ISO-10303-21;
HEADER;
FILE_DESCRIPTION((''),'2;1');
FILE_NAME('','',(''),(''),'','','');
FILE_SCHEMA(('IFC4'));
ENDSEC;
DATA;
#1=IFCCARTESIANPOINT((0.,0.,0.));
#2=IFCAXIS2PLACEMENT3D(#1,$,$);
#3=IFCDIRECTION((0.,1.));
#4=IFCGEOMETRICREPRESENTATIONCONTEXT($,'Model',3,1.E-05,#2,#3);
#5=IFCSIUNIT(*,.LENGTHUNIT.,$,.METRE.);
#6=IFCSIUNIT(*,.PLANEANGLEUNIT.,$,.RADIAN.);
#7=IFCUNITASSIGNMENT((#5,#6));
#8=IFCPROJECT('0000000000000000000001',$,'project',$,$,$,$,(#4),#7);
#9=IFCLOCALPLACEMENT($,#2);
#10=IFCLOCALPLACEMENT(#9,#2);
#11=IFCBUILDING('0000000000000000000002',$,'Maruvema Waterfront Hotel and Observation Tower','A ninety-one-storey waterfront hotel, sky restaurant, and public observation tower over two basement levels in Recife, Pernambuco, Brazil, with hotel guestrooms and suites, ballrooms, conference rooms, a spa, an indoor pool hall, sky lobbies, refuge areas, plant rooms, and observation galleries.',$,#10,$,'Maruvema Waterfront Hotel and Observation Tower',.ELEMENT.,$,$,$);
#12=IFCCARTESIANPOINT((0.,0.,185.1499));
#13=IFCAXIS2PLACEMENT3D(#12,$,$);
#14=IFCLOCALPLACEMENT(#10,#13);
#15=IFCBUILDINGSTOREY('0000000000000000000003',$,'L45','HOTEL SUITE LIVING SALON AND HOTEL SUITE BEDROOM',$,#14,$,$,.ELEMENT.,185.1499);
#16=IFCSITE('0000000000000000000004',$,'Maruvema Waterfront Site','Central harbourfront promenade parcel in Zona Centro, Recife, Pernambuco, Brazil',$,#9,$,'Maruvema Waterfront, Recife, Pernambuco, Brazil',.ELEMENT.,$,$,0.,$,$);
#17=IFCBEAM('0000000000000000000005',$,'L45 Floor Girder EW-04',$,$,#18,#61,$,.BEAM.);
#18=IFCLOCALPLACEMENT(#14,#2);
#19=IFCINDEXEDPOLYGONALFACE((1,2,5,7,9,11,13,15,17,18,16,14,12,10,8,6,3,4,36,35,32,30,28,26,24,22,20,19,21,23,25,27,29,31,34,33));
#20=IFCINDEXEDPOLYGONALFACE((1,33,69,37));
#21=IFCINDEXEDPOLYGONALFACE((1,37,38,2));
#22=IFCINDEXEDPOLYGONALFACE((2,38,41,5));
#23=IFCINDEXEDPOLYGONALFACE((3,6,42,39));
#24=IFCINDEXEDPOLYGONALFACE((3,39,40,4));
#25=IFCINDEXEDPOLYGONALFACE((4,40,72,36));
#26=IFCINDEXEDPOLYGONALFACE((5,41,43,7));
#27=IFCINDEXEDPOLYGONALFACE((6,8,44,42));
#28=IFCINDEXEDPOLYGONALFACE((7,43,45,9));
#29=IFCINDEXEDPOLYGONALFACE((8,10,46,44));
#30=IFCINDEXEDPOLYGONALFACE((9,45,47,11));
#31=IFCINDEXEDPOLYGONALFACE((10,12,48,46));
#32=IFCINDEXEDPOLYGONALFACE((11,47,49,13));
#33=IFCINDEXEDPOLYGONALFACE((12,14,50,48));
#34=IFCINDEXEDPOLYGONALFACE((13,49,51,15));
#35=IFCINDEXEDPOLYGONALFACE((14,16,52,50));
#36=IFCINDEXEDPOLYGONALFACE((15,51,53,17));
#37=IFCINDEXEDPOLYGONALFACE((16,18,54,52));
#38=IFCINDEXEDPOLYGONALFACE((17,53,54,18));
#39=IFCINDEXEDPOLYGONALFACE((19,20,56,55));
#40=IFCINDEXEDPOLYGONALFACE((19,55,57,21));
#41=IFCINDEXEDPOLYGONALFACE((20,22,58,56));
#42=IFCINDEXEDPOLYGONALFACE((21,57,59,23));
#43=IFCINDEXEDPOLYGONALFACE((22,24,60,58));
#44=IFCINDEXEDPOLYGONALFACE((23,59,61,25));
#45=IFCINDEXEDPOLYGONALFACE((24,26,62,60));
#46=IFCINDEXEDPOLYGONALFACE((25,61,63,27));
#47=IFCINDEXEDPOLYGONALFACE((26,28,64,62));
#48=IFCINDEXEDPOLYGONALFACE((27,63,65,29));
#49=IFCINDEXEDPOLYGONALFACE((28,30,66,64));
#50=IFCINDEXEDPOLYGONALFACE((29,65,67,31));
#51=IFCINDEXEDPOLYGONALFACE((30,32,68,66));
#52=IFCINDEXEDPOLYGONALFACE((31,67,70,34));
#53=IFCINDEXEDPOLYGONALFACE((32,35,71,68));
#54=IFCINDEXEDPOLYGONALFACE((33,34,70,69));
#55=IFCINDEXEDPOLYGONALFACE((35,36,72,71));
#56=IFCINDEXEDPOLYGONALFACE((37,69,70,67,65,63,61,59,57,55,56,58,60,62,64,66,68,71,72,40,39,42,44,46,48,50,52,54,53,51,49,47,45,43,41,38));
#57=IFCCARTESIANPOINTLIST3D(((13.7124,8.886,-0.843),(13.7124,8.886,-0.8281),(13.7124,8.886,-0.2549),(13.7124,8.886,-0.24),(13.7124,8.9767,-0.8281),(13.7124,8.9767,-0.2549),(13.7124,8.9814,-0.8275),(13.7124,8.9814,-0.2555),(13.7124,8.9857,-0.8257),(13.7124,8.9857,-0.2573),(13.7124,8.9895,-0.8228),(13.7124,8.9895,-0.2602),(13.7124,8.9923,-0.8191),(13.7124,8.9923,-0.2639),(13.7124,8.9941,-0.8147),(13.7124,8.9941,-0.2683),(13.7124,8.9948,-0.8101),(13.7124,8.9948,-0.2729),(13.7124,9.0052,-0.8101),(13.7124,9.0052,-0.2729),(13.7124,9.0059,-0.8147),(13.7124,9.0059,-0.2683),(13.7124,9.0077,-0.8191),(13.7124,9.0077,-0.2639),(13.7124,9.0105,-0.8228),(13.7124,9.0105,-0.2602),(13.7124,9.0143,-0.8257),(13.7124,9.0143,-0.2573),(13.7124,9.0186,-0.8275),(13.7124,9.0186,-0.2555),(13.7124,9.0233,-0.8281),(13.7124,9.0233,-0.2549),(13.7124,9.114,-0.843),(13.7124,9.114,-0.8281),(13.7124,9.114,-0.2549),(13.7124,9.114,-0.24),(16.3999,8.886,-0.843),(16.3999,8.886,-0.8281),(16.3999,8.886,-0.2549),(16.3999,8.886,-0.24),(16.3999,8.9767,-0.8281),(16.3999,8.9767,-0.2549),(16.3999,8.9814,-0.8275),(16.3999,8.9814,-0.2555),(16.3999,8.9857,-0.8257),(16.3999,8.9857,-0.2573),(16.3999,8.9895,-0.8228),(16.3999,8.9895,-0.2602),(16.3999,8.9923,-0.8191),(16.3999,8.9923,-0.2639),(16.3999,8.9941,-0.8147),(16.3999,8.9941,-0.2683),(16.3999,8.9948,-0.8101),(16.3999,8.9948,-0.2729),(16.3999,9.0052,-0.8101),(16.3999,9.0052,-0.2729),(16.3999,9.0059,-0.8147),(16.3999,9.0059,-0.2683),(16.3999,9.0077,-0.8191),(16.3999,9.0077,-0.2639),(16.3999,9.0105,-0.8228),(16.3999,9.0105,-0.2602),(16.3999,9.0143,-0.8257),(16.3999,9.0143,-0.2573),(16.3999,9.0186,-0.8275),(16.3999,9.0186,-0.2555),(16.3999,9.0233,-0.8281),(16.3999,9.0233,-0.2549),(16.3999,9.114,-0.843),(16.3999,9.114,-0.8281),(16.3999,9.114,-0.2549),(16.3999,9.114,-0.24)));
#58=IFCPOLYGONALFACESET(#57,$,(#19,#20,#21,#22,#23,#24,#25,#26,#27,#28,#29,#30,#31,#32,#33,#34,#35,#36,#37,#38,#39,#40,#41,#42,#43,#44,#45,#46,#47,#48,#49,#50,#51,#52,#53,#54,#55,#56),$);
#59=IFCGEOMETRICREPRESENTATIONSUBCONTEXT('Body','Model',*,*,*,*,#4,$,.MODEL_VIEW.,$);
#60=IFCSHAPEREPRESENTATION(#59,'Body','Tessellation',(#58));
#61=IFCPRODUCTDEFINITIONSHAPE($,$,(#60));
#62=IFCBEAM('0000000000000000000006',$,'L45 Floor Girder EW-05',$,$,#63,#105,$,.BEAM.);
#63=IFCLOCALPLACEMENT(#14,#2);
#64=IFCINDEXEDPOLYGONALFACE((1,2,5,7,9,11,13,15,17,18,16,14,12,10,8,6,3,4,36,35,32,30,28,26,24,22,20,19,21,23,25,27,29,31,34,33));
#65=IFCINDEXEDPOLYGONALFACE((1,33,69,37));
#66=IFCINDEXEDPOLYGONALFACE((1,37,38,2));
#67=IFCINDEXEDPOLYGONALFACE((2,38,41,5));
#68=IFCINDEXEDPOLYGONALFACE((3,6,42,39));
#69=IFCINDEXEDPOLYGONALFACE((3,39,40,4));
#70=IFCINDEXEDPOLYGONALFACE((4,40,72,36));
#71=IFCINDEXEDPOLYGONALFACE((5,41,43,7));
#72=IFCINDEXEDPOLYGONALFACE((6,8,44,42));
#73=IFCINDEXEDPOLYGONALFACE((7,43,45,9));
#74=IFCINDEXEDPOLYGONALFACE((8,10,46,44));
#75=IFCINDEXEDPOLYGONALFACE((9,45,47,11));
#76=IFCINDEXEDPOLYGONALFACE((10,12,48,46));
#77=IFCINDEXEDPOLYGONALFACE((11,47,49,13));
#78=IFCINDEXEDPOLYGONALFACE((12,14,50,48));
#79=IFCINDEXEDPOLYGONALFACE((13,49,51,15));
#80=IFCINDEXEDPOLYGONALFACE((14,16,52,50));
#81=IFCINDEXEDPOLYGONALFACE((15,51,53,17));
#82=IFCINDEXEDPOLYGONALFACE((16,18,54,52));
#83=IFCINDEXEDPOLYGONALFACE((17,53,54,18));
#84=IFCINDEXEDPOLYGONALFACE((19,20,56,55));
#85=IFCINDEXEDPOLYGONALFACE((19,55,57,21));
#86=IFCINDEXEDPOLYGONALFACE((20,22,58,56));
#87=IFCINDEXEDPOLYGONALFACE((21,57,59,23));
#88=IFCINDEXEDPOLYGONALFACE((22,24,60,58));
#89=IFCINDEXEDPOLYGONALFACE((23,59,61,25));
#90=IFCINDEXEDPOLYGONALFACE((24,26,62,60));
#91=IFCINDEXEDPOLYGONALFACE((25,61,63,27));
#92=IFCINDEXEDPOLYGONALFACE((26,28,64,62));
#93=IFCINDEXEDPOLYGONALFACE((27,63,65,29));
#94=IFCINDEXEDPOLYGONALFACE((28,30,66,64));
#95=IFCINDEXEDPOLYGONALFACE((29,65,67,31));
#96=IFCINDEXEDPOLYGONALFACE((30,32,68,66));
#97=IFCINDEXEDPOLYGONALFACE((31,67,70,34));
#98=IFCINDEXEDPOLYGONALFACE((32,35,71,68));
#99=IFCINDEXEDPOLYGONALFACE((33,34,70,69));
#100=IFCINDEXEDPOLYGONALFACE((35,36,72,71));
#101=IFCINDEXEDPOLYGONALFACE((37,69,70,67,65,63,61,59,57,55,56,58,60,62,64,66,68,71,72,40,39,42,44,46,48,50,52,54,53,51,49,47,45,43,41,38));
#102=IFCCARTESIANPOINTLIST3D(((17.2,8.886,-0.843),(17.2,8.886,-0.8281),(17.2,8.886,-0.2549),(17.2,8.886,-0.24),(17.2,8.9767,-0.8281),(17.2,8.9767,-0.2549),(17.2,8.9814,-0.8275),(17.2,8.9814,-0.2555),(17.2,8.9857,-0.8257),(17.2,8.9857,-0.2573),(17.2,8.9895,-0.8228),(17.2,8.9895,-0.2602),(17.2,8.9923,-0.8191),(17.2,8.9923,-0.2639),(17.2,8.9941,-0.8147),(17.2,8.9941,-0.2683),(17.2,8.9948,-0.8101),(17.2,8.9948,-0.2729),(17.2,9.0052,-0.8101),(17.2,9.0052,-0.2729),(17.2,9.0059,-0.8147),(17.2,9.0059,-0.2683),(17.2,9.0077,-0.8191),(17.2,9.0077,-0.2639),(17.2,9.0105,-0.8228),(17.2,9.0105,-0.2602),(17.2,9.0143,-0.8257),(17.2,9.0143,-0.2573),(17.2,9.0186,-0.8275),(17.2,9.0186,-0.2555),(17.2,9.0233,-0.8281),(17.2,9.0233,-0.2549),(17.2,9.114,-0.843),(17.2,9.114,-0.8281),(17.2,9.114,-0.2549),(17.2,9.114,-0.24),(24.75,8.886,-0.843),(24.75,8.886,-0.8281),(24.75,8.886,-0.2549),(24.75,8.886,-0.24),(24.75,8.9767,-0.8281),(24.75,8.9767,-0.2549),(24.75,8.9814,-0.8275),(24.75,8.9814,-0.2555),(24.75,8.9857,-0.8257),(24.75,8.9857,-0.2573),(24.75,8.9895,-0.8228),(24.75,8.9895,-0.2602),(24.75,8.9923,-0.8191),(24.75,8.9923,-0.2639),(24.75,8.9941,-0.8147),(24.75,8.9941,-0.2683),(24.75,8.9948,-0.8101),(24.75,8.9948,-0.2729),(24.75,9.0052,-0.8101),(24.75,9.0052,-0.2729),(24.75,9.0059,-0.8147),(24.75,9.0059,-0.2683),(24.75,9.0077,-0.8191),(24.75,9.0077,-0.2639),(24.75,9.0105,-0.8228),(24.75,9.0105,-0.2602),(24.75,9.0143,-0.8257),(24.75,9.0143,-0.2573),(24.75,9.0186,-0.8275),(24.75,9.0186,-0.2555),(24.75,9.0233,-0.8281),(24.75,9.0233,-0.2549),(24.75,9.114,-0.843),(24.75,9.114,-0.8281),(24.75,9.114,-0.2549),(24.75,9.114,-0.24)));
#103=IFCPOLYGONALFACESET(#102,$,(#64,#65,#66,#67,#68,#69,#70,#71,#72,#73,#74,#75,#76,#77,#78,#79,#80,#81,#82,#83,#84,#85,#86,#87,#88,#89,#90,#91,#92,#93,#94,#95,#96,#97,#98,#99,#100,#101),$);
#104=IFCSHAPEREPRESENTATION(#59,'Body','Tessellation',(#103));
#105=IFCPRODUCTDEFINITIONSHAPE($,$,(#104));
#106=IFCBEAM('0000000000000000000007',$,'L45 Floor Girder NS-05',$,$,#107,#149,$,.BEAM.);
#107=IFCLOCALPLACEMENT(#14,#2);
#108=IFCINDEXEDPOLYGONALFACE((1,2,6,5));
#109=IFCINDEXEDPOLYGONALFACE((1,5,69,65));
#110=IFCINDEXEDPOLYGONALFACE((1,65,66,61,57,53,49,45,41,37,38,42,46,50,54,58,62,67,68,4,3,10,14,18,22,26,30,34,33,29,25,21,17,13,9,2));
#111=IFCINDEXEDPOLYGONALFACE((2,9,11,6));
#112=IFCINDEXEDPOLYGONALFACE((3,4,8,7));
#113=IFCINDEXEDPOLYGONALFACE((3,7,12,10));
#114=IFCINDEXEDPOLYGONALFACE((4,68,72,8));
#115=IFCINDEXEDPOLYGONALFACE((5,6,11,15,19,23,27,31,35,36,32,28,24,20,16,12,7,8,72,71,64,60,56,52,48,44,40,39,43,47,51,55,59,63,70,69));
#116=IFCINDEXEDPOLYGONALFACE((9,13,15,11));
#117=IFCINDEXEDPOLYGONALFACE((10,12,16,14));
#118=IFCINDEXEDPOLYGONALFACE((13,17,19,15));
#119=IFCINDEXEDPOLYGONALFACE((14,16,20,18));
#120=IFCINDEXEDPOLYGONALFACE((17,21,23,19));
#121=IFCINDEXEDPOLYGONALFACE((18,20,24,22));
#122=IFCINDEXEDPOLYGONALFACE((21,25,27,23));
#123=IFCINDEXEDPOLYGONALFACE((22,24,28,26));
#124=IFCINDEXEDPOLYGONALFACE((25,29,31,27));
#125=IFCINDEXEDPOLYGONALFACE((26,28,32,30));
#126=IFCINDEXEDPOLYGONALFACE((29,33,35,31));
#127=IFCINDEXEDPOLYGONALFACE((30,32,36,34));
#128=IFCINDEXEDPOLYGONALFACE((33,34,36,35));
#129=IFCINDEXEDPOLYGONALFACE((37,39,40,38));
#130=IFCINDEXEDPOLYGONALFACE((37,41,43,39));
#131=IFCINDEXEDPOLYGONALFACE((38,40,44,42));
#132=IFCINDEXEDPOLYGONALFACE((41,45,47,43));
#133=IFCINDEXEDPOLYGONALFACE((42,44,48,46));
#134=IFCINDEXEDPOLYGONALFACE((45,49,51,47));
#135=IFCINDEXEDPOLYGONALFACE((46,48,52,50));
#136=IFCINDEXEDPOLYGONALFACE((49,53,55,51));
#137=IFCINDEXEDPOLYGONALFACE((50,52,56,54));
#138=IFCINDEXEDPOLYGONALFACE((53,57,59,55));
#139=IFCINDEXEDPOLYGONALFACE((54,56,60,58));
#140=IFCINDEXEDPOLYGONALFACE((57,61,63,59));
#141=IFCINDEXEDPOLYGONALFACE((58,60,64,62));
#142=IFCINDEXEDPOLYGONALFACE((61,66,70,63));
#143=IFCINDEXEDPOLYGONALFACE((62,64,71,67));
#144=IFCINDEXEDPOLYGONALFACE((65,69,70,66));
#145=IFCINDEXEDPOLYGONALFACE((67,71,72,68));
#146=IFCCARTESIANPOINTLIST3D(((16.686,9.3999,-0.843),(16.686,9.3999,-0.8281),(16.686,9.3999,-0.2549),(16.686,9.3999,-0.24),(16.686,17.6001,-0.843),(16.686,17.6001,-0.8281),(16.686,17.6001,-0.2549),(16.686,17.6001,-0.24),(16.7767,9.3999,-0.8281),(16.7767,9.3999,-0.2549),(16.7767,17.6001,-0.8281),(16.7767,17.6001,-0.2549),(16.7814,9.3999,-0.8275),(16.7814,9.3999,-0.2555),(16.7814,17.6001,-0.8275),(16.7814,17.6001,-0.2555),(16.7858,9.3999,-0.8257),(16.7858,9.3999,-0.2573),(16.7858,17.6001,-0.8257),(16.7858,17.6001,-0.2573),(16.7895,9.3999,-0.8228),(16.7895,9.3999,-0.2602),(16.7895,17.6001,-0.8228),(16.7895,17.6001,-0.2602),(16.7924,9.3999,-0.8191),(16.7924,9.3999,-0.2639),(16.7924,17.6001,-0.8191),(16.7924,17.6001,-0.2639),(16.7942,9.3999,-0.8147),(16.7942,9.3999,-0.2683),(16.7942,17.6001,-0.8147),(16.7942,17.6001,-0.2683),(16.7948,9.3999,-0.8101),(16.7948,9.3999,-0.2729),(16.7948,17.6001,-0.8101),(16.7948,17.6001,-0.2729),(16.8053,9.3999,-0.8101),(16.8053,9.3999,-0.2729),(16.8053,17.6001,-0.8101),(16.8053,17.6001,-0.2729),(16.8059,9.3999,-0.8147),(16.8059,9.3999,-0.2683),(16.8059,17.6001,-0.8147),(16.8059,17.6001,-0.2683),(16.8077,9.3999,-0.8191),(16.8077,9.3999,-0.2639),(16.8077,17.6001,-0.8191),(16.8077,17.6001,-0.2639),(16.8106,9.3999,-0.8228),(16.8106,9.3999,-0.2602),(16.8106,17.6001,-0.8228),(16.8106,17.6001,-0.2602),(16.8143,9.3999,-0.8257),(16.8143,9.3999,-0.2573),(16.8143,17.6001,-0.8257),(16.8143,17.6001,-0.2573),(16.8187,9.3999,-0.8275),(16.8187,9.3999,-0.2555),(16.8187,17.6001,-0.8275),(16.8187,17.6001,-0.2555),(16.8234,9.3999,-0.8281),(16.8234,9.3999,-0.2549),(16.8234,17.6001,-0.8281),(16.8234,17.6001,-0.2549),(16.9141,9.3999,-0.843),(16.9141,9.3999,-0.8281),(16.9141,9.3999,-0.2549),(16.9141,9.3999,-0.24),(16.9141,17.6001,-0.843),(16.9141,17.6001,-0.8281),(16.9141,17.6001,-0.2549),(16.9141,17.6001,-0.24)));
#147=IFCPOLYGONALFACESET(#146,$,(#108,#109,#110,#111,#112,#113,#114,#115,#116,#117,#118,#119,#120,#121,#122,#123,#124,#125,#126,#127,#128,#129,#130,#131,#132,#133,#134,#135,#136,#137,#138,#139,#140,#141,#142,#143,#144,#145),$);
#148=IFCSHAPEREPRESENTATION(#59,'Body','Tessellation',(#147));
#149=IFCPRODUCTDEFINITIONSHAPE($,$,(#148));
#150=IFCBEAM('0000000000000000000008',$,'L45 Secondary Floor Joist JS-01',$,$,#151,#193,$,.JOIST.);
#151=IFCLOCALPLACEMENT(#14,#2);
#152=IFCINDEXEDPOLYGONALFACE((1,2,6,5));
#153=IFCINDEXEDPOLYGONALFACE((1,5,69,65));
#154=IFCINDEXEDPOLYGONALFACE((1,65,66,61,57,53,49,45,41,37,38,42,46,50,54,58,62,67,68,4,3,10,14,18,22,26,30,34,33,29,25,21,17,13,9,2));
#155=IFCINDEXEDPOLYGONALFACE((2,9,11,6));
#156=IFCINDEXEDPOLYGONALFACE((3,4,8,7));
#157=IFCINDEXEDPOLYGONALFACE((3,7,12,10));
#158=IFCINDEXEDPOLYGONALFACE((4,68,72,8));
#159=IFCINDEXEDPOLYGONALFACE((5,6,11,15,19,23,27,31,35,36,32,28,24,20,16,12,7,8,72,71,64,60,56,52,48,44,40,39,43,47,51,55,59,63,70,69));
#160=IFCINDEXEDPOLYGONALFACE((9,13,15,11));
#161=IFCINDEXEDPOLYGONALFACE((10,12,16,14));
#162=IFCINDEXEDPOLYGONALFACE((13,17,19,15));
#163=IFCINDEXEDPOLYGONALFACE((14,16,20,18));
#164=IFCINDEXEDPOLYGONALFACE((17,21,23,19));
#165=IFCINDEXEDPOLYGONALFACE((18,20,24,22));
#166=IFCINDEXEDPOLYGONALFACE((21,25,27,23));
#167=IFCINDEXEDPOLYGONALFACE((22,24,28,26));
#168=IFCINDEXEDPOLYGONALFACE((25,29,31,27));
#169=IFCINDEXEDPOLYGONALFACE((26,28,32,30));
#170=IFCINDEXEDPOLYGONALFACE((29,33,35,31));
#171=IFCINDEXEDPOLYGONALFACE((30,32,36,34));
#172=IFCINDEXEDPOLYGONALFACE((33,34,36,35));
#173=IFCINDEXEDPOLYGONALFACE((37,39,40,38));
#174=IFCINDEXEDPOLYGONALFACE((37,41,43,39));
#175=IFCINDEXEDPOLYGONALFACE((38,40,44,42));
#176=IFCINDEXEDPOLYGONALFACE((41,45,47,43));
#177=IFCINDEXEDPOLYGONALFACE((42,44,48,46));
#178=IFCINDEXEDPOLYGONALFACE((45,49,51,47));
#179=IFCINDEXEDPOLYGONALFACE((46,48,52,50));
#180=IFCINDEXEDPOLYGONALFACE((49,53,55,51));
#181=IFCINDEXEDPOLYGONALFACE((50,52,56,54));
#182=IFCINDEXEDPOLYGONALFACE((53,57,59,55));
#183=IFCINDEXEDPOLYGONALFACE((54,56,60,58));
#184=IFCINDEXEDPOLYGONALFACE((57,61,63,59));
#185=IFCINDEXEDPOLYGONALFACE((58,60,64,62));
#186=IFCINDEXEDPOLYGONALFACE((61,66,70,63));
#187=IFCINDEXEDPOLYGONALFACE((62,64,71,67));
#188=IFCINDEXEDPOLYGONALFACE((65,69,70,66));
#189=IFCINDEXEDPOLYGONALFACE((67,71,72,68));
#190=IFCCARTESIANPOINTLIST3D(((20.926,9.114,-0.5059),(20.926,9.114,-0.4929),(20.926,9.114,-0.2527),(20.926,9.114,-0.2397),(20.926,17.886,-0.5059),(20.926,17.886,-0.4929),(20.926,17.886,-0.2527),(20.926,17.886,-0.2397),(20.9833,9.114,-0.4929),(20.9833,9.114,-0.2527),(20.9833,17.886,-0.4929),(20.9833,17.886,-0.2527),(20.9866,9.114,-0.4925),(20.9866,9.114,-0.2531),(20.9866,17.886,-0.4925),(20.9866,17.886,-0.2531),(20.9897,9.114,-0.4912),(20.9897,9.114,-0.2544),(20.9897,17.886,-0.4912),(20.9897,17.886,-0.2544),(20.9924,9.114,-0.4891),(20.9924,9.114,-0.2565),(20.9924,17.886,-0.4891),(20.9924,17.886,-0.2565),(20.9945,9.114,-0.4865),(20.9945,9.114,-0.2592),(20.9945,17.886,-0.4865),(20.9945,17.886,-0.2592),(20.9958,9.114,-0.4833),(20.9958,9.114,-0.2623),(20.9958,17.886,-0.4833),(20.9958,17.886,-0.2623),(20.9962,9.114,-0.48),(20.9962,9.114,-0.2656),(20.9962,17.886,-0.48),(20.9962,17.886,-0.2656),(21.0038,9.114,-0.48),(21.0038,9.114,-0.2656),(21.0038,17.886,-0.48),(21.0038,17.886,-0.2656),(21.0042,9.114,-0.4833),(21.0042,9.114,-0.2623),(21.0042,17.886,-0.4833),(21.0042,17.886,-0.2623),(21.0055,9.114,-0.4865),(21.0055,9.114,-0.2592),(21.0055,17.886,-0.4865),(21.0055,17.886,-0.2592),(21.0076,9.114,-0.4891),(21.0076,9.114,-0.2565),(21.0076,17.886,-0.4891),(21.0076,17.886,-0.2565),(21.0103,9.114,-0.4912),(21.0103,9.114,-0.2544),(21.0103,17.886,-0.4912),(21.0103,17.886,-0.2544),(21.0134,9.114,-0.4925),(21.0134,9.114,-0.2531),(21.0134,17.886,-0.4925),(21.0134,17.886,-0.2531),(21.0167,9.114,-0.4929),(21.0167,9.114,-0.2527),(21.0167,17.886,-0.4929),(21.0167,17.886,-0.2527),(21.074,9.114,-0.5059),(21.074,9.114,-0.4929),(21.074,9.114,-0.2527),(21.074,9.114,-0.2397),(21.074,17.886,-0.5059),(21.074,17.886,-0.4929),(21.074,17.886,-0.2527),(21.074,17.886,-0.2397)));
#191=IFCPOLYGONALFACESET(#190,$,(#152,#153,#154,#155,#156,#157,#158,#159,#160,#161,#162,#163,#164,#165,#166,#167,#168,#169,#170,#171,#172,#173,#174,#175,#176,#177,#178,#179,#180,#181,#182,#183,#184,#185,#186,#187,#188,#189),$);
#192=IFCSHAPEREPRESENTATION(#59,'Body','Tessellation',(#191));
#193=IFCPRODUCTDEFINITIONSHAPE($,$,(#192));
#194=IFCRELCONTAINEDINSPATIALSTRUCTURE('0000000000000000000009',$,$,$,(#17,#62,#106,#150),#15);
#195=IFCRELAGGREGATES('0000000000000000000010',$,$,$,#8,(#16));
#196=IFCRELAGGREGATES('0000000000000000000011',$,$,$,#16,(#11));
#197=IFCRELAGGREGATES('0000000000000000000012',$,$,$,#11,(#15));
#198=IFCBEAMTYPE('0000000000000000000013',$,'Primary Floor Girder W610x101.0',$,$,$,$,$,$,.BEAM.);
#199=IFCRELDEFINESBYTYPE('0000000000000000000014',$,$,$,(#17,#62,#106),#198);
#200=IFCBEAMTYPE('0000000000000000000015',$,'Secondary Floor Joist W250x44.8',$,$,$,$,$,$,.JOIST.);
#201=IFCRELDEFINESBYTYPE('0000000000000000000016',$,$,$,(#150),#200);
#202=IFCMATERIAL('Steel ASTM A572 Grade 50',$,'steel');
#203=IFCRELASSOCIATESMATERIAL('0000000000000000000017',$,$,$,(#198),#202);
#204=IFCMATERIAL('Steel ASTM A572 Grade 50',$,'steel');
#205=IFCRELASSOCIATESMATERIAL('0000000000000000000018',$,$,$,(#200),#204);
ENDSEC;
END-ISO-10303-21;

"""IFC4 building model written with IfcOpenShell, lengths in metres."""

from ifc_helpers import new_model, si_unit, direction, frame, origin, origin_2d, place, context, subcontext, project, spatial, i_section, extrude, material, material_profile, profile_set, type_object, element, save


model = new_model("IFC4")

# Units and contexts
model_context = context("Model", 3, precision=1e-05, world=origin(), true_north=direction((0.0, 1.0)))
body_context = subcontext(model_context, "Body", "Model", "MODEL_VIEW")
ifc_project = project(units=[si_unit("LENGTHUNIT", "METRE"), si_unit("PLANEANGLEUNIT", "RADIAN")], contexts=[model_context])

# Site, building, storey
site_placement = place(None, origin())
site = spatial("IfcSite", under=ifc_project, at=site_placement, Name="Maruvema Waterfront Site", Description="Central harbourfront promenade parcel in Zona Centro, Recife, Pernambuco, Brazil", LongName="Maruvema Waterfront, Recife, Pernambuco, Brazil", CompositionType="ELEMENT", RefElevation=0.0)
building_placement = place(site_placement, origin())
building = spatial("IfcBuilding", under=site, at=building_placement, Name="Maruvema Waterfront Hotel and Observation Tower", Description="A ninety-one-storey waterfront hotel, sky restaurant, and public observation tower over two basement levels in Recife, Pernambuco, Brazil, with hotel guestrooms and suites, ballrooms, conference rooms, a spa, an indoor pool hall, sky lobbies, refuge areas, plant rooms, and observation galleries.", LongName="Maruvema Waterfront Hotel and Observation Tower", CompositionType="ELEMENT")
storey_placement = place(building_placement, frame((0.0, 0.0, 185.1499)))
storey = spatial("IfcBuildingStorey", under=building, at=storey_placement, Name="L45", Description="HOTEL SUITE LIVING SALON AND HOTEL SUITE BEDROOM", CompositionType="ELEMENT", Elevation=185.1499)

# Beams
ifc_material_1 = material(Name="Steel ASTM A572 Grade 50", Category="steel")
ifc_material_profile_1 = material_profile(ifc_material_1, i_section(OverallWidth=0.228, OverallDepth=0.603, WebThickness=0.0105, FlangeThickness=0.0149, FilletRadius=0.0181, at=origin_2d()), Name="W610x101.0")
ifc_profile_set_1 = profile_set([ifc_material_profile_1], Name="Steel ASTM A572 Grade 50")
beam_type_1 = type_object("IfcBeamType", Name="Primary Floor Girder W610x101.0", PredefinedType="BEAM", material=ifc_profile_set_1)
beam_1_placement = place(storey_placement, frame((13.7124, 9.0, -0.5415), z_axis=(1.0, 0.0, 0.0), x_axis=(0.0, 1.0, 0.0)))
element("IfcBeam", 1, at=beam_1_placement, inside=storey, type_object=beam_type_1, Name="L45 Floor Girder EW-04", PredefinedType="BEAM", context=body_context, shape_type="SweptSolid", body=[
    extrude(i_section(OverallWidth=0.228, OverallDepth=0.603, WebThickness=0.0105, FlangeThickness=0.0149, FilletRadius=0.0181, at=origin_2d()), origin(), (0.0, 0.0, 1.0), 2.6875),
])
beam_2_placement = place(storey_placement, frame((17.2, 9.0, -0.5415), z_axis=(1.0, 0.0, 0.0), x_axis=(0.0, 1.0, 0.0)))
element("IfcBeam", 2, at=beam_2_placement, inside=storey, type_object=beam_type_1, Name="L45 Floor Girder EW-05", PredefinedType="BEAM", context=body_context, shape_type="SweptSolid", body=[
    extrude(i_section(OverallWidth=0.228, OverallDepth=0.603, WebThickness=0.0105, FlangeThickness=0.0149, FilletRadius=0.0181, at=origin_2d()), origin(), (0.0, 0.0, 1.0), 7.55),
])
beam_3_placement = place(storey_placement, frame((16.8, 9.3999, -0.5415), z_axis=(0.0, 1.0, 0.0), x_axis=(-1.0, 0.0, 0.0)))
element("IfcBeam", 3, at=beam_3_placement, inside=storey, type_object=beam_type_1, Name="L45 Floor Girder NS-05", PredefinedType="BEAM", context=body_context, shape_type="SweptSolid", body=[
    extrude(i_section(OverallWidth=0.228, OverallDepth=0.603, WebThickness=0.0105, FlangeThickness=0.0149, FilletRadius=0.0181, at=origin_2d()), origin(), (0.0, 0.0, 1.0), 8.2002),
])
ifc_material_2 = material(Name="Steel ASTM A572 Grade 50", Category="steel")
ifc_material_profile_2 = material_profile(ifc_material_2, i_section(OverallWidth=0.1479, OverallDepth=0.2661, WebThickness=0.0076, FlangeThickness=0.0129, FilletRadius=0.0129, at=origin_2d()), Name="W250x44.8")
ifc_profile_set_2 = profile_set([ifc_material_profile_2], Name="Steel ASTM A572 Grade 50")
beam_type_2 = type_object("IfcBeamType", Name="Secondary Floor Joist W250x44.8", PredefinedType="JOIST", material=ifc_profile_set_2)
beam_4_placement = place(storey_placement, frame((21.0, 9.114, -0.3728), z_axis=(0.0, 1.0, 0.0), x_axis=(-1.0, 0.0, 0.0)))
element("IfcBeam", 4, at=beam_4_placement, inside=storey, type_object=beam_type_2, Name="L45 Secondary Floor Joist JS-01", PredefinedType="JOIST", context=body_context, shape_type="SweptSolid", body=[
    extrude(i_section(OverallWidth=0.1479, OverallDepth=0.2661, WebThickness=0.0076, FlangeThickness=0.0129, FilletRadius=0.0129, at=origin_2d()), origin(), (0.0, 0.0, 1.0), 8.772),
])

save(model, "model.ifc")
